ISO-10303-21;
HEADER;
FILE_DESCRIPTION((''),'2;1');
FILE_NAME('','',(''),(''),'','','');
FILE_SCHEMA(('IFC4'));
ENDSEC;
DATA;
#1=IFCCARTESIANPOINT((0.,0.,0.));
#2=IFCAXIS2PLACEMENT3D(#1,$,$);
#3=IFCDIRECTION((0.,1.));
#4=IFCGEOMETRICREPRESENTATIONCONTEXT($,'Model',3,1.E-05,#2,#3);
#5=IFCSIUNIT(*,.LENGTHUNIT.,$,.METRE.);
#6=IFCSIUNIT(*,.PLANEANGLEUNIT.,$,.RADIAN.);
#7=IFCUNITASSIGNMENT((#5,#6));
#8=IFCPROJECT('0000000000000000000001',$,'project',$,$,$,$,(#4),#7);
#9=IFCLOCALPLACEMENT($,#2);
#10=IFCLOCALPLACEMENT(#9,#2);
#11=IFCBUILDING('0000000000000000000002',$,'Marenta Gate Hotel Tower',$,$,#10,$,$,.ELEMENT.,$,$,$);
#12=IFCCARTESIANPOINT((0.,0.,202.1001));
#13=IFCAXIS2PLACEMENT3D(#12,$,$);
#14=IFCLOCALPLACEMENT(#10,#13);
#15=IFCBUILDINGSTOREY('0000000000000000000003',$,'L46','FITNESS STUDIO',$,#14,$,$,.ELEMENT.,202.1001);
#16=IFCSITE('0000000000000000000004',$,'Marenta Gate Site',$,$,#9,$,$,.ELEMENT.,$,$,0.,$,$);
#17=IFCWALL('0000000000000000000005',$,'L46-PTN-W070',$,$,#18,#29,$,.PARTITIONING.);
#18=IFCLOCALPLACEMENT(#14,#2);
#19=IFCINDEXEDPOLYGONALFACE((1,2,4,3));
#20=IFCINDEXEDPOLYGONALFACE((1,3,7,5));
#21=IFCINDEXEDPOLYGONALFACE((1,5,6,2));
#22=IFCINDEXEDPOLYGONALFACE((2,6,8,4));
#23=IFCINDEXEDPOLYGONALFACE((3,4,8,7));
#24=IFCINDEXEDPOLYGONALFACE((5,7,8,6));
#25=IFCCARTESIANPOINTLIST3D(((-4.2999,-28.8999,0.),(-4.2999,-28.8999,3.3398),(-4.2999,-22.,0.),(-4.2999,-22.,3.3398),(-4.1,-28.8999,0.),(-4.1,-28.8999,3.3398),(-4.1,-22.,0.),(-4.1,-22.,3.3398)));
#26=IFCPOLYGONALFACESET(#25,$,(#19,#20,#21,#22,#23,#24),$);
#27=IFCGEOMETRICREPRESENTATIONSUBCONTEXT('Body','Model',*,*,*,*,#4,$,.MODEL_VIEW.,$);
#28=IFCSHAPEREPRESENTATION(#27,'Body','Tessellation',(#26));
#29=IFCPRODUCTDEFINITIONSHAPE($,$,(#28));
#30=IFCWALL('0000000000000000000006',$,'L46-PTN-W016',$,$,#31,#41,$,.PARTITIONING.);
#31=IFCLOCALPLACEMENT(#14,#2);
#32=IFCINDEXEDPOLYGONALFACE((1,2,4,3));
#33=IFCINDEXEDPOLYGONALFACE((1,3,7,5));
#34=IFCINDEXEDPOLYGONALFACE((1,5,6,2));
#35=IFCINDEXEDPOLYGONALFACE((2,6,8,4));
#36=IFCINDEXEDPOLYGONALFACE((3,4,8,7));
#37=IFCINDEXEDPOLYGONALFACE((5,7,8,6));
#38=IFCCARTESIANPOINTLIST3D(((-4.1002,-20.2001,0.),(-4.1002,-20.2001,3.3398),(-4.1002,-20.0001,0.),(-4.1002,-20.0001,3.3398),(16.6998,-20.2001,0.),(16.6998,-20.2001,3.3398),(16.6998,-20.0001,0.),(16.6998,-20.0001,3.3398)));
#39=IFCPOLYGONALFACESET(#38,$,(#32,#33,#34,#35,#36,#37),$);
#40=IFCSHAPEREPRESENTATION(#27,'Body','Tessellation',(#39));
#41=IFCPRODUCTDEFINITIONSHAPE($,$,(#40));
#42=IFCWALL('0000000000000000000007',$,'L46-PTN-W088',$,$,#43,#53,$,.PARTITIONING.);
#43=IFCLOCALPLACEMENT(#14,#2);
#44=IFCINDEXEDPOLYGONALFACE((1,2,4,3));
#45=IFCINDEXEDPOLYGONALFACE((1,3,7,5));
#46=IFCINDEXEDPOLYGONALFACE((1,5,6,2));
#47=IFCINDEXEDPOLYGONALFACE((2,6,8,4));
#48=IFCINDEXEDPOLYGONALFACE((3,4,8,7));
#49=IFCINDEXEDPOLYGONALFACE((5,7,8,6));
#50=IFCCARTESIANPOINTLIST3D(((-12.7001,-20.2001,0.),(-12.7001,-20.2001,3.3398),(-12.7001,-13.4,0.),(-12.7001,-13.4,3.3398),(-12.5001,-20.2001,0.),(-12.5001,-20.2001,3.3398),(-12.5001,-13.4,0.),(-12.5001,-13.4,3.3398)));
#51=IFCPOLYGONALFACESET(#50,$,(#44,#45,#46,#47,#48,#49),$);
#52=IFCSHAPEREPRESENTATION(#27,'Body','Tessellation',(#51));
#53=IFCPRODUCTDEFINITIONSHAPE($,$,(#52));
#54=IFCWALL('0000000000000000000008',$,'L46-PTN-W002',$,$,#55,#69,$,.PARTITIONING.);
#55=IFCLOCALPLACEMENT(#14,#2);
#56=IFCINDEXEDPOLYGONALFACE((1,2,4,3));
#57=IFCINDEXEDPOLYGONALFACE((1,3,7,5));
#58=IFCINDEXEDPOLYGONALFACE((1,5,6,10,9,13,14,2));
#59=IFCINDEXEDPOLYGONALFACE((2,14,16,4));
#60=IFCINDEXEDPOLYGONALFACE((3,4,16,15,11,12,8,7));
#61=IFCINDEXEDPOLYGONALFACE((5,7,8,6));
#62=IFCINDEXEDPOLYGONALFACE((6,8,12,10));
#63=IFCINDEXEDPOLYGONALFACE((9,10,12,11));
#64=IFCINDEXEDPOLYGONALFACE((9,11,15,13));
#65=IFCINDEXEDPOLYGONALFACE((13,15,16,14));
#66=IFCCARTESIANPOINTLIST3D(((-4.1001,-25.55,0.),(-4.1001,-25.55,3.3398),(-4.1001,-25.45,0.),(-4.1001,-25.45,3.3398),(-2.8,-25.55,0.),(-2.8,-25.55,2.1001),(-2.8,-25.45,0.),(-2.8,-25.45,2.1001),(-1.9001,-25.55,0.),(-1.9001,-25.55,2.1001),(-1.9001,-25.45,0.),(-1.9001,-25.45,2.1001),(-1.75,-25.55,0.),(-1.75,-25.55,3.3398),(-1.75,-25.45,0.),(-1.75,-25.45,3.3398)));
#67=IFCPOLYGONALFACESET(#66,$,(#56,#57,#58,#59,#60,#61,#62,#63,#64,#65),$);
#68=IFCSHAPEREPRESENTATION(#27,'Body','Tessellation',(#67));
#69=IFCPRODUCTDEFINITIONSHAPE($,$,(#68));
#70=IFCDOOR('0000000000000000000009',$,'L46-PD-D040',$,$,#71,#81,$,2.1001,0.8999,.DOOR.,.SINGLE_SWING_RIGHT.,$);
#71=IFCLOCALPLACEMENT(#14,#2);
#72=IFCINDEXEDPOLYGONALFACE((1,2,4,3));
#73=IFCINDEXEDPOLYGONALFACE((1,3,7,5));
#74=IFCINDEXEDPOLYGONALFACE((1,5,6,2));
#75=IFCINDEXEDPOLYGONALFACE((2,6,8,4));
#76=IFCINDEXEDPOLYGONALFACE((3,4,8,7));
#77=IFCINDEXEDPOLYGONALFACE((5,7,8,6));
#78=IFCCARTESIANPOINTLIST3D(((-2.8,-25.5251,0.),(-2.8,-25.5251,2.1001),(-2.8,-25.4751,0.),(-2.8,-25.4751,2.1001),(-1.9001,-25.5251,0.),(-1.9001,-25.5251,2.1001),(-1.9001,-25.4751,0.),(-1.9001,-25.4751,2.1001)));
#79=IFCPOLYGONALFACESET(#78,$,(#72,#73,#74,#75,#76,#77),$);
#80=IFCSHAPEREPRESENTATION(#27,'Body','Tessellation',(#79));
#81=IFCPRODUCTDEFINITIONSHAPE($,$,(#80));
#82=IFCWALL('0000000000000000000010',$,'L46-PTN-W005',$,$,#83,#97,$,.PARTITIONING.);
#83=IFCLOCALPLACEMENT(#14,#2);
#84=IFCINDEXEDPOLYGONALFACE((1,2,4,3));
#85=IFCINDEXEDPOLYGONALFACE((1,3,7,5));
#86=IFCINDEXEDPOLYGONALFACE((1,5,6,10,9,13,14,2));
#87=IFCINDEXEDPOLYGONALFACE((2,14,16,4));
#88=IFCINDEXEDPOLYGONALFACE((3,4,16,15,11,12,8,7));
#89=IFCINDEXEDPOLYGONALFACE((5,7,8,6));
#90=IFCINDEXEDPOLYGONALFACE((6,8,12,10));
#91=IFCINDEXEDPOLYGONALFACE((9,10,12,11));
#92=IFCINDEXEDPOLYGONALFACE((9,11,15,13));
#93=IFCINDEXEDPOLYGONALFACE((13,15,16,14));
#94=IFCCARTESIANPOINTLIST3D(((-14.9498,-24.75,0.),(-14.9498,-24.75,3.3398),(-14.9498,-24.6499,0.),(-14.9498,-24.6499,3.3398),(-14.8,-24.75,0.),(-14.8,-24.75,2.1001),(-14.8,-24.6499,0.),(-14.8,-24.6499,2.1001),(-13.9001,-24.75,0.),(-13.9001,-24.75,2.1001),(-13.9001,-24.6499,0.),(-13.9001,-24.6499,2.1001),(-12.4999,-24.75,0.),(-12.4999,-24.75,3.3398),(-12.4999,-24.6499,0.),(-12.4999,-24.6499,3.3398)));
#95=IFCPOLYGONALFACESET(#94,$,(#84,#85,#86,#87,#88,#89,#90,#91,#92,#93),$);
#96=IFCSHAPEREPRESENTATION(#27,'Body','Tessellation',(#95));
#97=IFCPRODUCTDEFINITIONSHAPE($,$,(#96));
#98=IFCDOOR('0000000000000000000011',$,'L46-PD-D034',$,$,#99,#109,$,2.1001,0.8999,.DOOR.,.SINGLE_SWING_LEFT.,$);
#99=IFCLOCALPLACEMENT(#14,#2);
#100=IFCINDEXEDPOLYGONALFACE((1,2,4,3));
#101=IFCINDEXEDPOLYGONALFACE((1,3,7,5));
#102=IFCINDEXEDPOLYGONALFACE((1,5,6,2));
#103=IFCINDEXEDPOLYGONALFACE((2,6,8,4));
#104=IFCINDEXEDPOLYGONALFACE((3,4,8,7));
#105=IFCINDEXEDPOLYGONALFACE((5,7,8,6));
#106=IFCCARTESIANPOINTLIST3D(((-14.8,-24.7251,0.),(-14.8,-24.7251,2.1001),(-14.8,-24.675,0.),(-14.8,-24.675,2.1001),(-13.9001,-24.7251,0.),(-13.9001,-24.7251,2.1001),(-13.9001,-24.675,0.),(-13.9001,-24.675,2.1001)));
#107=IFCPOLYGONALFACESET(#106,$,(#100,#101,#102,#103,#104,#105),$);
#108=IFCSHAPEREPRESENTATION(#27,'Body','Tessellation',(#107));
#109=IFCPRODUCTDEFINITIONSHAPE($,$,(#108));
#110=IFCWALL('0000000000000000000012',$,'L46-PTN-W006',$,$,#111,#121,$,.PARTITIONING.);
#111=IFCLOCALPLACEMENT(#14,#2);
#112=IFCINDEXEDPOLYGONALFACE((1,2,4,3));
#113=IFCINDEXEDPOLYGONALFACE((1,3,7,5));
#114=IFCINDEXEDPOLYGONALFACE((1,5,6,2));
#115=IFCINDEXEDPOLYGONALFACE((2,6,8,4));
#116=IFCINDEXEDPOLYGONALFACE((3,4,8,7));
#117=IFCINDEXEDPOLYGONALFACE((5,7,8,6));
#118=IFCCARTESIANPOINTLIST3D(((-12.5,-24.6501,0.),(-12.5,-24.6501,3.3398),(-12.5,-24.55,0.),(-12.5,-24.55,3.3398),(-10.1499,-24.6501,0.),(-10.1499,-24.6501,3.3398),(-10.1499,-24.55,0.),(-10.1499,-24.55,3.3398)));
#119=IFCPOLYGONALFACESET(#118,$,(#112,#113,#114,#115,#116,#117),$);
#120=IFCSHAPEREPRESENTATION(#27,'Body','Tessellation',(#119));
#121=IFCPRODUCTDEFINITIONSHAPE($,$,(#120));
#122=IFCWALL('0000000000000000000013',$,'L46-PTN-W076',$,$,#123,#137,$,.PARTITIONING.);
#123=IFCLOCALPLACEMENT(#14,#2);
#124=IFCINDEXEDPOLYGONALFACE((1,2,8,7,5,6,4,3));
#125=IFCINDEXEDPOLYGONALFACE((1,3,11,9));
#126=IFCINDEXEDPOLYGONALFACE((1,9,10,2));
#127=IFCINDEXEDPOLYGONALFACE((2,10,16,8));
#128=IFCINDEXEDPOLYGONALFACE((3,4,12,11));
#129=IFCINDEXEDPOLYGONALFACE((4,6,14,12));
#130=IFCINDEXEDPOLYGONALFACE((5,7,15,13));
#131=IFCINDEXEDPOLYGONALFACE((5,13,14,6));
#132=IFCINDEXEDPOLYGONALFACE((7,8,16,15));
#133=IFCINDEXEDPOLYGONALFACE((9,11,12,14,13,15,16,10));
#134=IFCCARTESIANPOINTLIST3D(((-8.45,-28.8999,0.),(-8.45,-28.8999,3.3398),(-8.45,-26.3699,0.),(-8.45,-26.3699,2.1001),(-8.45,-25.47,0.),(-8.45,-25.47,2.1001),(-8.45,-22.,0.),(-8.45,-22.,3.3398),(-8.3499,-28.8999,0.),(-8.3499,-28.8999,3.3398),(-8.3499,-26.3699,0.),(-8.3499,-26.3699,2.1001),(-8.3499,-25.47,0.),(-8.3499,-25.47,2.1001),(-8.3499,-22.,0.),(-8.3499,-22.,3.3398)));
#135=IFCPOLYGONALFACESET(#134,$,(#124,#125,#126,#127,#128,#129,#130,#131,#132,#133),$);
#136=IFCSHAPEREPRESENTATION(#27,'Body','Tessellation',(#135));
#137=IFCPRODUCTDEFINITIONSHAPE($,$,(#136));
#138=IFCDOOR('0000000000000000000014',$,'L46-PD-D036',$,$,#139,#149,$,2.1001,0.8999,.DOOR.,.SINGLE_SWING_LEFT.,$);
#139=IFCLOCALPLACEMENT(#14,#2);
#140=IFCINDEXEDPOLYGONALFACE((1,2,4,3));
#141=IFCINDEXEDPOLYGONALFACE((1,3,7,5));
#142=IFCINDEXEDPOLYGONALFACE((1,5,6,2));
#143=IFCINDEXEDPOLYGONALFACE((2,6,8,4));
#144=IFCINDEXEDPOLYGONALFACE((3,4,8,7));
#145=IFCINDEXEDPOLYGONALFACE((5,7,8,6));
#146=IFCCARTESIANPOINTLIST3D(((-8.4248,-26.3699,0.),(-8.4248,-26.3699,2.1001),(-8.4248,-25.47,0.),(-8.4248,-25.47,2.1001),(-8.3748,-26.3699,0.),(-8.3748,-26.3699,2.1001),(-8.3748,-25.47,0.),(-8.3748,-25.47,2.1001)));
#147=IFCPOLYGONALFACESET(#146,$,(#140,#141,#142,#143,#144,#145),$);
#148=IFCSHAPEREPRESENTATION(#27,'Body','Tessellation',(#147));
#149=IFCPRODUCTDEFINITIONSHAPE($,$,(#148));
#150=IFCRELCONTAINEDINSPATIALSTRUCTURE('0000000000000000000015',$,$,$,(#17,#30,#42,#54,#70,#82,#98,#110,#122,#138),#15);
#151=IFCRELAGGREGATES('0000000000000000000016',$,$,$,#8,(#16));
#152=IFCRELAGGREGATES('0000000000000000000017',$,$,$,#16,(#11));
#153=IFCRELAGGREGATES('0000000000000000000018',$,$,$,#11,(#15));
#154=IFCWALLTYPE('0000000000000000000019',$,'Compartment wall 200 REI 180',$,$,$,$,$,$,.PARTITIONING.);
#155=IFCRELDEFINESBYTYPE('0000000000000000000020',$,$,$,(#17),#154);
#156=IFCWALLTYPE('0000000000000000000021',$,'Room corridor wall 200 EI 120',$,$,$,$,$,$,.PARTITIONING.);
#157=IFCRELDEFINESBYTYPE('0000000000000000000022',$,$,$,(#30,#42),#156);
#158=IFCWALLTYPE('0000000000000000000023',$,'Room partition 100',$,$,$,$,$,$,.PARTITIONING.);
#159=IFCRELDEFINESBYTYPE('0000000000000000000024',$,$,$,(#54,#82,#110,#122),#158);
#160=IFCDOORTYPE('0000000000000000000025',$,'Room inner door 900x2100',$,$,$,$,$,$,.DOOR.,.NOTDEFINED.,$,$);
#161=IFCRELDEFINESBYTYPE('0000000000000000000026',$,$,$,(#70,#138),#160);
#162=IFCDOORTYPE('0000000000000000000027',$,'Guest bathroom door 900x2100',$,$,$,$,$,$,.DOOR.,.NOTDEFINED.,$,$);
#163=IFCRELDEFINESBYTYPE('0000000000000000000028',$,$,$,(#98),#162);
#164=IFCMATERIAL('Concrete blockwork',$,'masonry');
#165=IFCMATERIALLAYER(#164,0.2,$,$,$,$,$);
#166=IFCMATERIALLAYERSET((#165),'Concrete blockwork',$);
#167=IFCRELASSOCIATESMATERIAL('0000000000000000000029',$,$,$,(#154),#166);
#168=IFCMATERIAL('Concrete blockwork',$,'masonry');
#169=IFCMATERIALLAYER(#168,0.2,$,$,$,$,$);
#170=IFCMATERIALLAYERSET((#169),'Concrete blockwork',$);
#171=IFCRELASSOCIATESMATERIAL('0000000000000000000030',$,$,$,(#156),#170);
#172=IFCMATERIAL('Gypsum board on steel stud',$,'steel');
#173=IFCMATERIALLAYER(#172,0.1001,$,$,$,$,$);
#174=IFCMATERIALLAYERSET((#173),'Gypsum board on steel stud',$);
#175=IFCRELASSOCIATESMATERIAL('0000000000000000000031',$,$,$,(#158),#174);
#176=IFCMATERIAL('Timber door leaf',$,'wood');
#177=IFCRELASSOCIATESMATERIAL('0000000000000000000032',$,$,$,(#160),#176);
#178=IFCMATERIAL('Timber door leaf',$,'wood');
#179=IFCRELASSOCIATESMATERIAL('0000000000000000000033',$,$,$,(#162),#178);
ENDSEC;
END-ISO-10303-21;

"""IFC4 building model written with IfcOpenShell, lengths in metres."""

from ifc_helpers import new_model, si_unit, direction, frame, frame_2d, origin, place, context, subcontext, project, spatial, rectangle, extrude, material, layer, layer_set, type_object, element, fill, save


model = new_model("IFC4")

# Units and contexts
model_context = context("Model", 3, precision=1e-05, world=origin(), true_north=direction((0.0, 1.0)))
body_context = subcontext(model_context, "Body", "Model", "MODEL_VIEW")
ifc_project = project(units=[si_unit("LENGTHUNIT", "METRE"), si_unit("PLANEANGLEUNIT", "RADIAN")], contexts=[model_context])

# Site, building, storey
site_placement = place(None, origin())
site = spatial("IfcSite", under=ifc_project, at=site_placement, Name="Marenta Gate Site", CompositionType="ELEMENT", RefElevation=0.0)
building_placement = place(site_placement, origin())
building = spatial("IfcBuilding", under=site, at=building_placement, Name="Marenta Gate Hotel Tower", CompositionType="ELEMENT")
storey_placement = place(building_placement, frame((0.0, 0.0, 202.1001)))
storey = spatial("IfcBuildingStorey", under=building, at=storey_placement, Name="L46", Description="FITNESS STUDIO", CompositionType="ELEMENT", Elevation=202.1001)

# Wall
ifc_material_1 = material(Name="Concrete blockwork", Category="masonry")
ifc_layer_1 = layer(ifc_material_1, 0.2)
ifc_layer_set_1 = layer_set([ifc_layer_1], Name="Concrete blockwork")
wall_type_1 = type_object("IfcWallType", Name="Compartment wall 200 REI 180", PredefinedType="PARTITIONING", material=ifc_layer_set_1)
wall_1_placement = place(storey_placement, frame((-4.2, -28.8999, 0.0), z_axis=(0.0, 0.0, 1.0), x_axis=(0.0, 1.0, 0.0)))
element("IfcWall", 1, at=wall_1_placement, inside=storey, type_object=wall_type_1, Name="L46-PTN-W070", PredefinedType="PARTITIONING", context=body_context, shape_type="SweptSolid", body=[
    extrude(rectangle(XDim=6.8999, YDim=0.2, at=frame_2d((3.45, 0.0))), origin(), (0.0, 0.0, 1.0), 3.3398),
])

# Walls
ifc_material_2 = material(Name="Concrete blockwork", Category="masonry")
ifc_layer_2 = layer(ifc_material_2, 0.2)
ifc_layer_set_2 = layer_set([ifc_layer_2], Name="Concrete blockwork")
wall_type_2 = type_object("IfcWallType", Name="Room corridor wall 200 EI 120", PredefinedType="PARTITIONING", material=ifc_layer_set_2)
wall_2_placement = place(storey_placement, frame((-4.1001, -20.1001, 0.0), z_axis=(0.0, 0.0, 1.0), x_axis=(1.0, 0.0, 0.0)))
element("IfcWall", 2, at=wall_2_placement, inside=storey, type_object=wall_type_2, Name="L46-PTN-W016", PredefinedType="PARTITIONING", context=body_context, shape_type="SweptSolid", body=[
    extrude(rectangle(XDim=20.8, YDim=0.2, at=frame_2d((10.3999, 0.0))), origin(), (0.0, 0.0, 1.0), 3.3398),
])
wall_3_placement = place(storey_placement, frame((-12.6001, -20.2, 0.0), z_axis=(0.0, 0.0, 1.0), x_axis=(0.0, 1.0, 0.0)))
element("IfcWall", 3, at=wall_3_placement, inside=storey, type_object=wall_type_2, Name="L46-PTN-W088", PredefinedType="PARTITIONING", context=body_context, shape_type="SweptSolid", body=[
    extrude(rectangle(XDim=6.8, YDim=0.2, at=frame_2d((3.3999, 0.0))), origin(), (0.0, 0.0, 1.0), 3.3398),
])

# Walls, openings, doors
ifc_material_3 = material(Name="Gypsum board on steel stud", Category="steel")
ifc_layer_3 = layer(ifc_material_3, 0.1001)
ifc_layer_set_3 = layer_set([ifc_layer_3], Name="Gypsum board on steel stud")
wall_type_3 = type_object("IfcWallType", Name="Room partition 100", PredefinedType="PARTITIONING", material=ifc_layer_set_3)
wall_4_placement = place(storey_placement, frame((-4.1001, -25.5, 0.0), z_axis=(0.0, 0.0, 1.0), x_axis=(1.0, 0.0, 0.0)))
wall_4 = element("IfcWall", 4, at=wall_4_placement, inside=storey, type_object=wall_type_3, Name="L46-PTN-W002", PredefinedType="PARTITIONING", context=body_context, shape_type="SweptSolid", body=[
    extrude(rectangle(XDim=2.3501, YDim=0.1001, at=frame_2d((1.175, 0.0))), origin(), (0.0, 0.0, 1.0), 3.3398),
])
opening_1_placement = place(wall_4_placement, frame((1.3, 0.0, 0.0)))
opening_1 = element("IfcOpeningElement", 5, at=opening_1_placement, cuts=wall_4, PredefinedType="OPENING", context=body_context, shape_type="SweptSolid", body=[
    extrude(rectangle(XDim=0.8999, YDim=2.1001, at=frame_2d((0.45, 1.05))), frame((0.0, 0.05, 0.0), z_axis=(0.0, -1.0, 0.0), x_axis=(1.0, 0.0, 0.0)), (0.0, 0.0, 1.0), 0.1001),
])
ifc_material_4 = material(Name="Timber door leaf", Category="wood")
door_type_1 = type_object("IfcDoorType", Name="Room inner door 900x2100", OperationType="NOTDEFINED", PredefinedType="DOOR", material=ifc_material_4)
door_1_placement = place(opening_1_placement, origin())
door_1 = element("IfcDoor", 6, at=door_1_placement, inside=storey, type_object=door_type_1, Name="L46-PD-D040", OperationType="SINGLE_SWING_RIGHT", OverallHeight=2.1001, OverallWidth=0.8999, PredefinedType="DOOR", context=body_context, shape_type="SweptSolid", body=[
    extrude(rectangle(XDim=0.8999, YDim=2.1001, at=frame_2d((0.45, 1.05))), frame((0.0, 0.0249, 0.0), z_axis=(0.0, -1.0, 0.0), x_axis=(1.0, 0.0, 0.0)), (0.0, 0.0, 1.0), 0.05),
])
fill(opening_1, door_1)
wall_5_placement = place(storey_placement, frame((-14.95, -24.7, 0.0), z_axis=(0.0, 0.0, 1.0), x_axis=(1.0, 0.0, 0.0)))
wall_5 = element("IfcWall", 7, at=wall_5_placement, inside=storey, type_object=wall_type_3, Name="L46-PTN-W005", PredefinedType="PARTITIONING", context=body_context, shape_type="SweptSolid", body=[
    extrude(rectangle(XDim=2.45, YDim=0.1001, at=frame_2d((1.2251, 0.0))), origin(), (0.0, 0.0, 1.0), 3.3398),
])
opening_2_placement = place(wall_5_placement, frame((0.1499, 0.0, 0.0)))
opening_2 = element("IfcOpeningElement", 8, at=opening_2_placement, cuts=wall_5, PredefinedType="OPENING", context=body_context, shape_type="SweptSolid", body=[
    extrude(rectangle(XDim=0.8999, YDim=2.1001, at=frame_2d((0.45, 1.05))), frame((0.0, 0.05, 0.0), z_axis=(0.0, -1.0, 0.0), x_axis=(1.0, 0.0, 0.0)), (0.0, 0.0, 1.0), 0.1001),
])
ifc_material_5 = material(Name="Timber door leaf", Category="wood")
door_type_2 = type_object("IfcDoorType", Name="Guest bathroom door 900x2100", OperationType="NOTDEFINED", PredefinedType="DOOR", material=ifc_material_5)
door_2_placement = place(opening_2_placement, origin())
door_2 = element("IfcDoor", 9, at=door_2_placement, inside=storey, type_object=door_type_2, Name="L46-PD-D034", OperationType="SINGLE_SWING_LEFT", OverallHeight=2.1001, OverallWidth=0.8999, PredefinedType="DOOR", context=body_context, shape_type="SweptSolid", body=[
    extrude(rectangle(XDim=0.8999, YDim=2.1001, at=frame_2d((0.45, 1.05))), frame((0.0, 0.0249, 0.0), z_axis=(0.0, -1.0, 0.0), x_axis=(1.0, 0.0, 0.0)), (0.0, 0.0, 1.0), 0.05),
])
fill(opening_2, door_2)

# Wall
wall_6_placement = place(storey_placement, frame((-12.5, -24.6001, 0.0), z_axis=(0.0, 0.0, 1.0), x_axis=(1.0, 0.0, 0.0)))
element("IfcWall", 10, at=wall_6_placement, inside=storey, type_object=wall_type_3, Name="L46-PTN-W006", PredefinedType="PARTITIONING", context=body_context, shape_type="SweptSolid", body=[
    extrude(rectangle(XDim=2.3501, YDim=0.1001, at=frame_2d((1.175, 0.0))), origin(), (0.0, 0.0, 1.0), 3.3398),
])

# Wall, opening, door
wall_7_placement = place(storey_placement, frame((-8.3999, -28.8999, 0.0), z_axis=(0.0, 0.0, 1.0), x_axis=(0.0, 1.0, 0.0)))
wall_7 = element("IfcWall", 11, at=wall_7_placement, inside=storey, type_object=wall_type_3, Name="L46-PTN-W076", PredefinedType="PARTITIONING", context=body_context, shape_type="SweptSolid", body=[
    extrude(rectangle(XDim=6.8999, YDim=0.1001, at=frame_2d((3.45, 0.0))), origin(), (0.0, 0.0, 1.0), 3.3398),
])
opening_3_placement = place(wall_7_placement, frame((2.53, 0.0, 0.0)))
opening_3 = element("IfcOpeningElement", 12, at=opening_3_placement, cuts=wall_7, PredefinedType="OPENING", context=body_context, shape_type="SweptSolid", body=[
    extrude(rectangle(XDim=0.8999, YDim=2.1001, at=frame_2d((0.45, 1.05))), frame((0.0, 0.05, 0.0), z_axis=(0.0, -1.0, 0.0), x_axis=(1.0, 0.0, 0.0)), (0.0, 0.0, 1.0), 0.1001),
])
door_3_placement = place(opening_3_placement, origin())
door_3 = element("IfcDoor", 13, at=door_3_placement, inside=storey, type_object=door_type_1, Name="L46-PD-D036", OperationType="SINGLE_SWING_LEFT", OverallHeight=2.1001, OverallWidth=0.8999, PredefinedType="DOOR", context=body_context, shape_type="SweptSolid", body=[
    extrude(rectangle(XDim=0.8999, YDim=2.1001, at=frame_2d((0.45, 1.05))), frame((0.0, 0.0249, 0.0), z_axis=(0.0, -1.0, 0.0), x_axis=(1.0, 0.0, 0.0)), (0.0, 0.0, 1.0), 0.05),
])
fill(opening_3, door_3)

save(model, "model.ifc")
